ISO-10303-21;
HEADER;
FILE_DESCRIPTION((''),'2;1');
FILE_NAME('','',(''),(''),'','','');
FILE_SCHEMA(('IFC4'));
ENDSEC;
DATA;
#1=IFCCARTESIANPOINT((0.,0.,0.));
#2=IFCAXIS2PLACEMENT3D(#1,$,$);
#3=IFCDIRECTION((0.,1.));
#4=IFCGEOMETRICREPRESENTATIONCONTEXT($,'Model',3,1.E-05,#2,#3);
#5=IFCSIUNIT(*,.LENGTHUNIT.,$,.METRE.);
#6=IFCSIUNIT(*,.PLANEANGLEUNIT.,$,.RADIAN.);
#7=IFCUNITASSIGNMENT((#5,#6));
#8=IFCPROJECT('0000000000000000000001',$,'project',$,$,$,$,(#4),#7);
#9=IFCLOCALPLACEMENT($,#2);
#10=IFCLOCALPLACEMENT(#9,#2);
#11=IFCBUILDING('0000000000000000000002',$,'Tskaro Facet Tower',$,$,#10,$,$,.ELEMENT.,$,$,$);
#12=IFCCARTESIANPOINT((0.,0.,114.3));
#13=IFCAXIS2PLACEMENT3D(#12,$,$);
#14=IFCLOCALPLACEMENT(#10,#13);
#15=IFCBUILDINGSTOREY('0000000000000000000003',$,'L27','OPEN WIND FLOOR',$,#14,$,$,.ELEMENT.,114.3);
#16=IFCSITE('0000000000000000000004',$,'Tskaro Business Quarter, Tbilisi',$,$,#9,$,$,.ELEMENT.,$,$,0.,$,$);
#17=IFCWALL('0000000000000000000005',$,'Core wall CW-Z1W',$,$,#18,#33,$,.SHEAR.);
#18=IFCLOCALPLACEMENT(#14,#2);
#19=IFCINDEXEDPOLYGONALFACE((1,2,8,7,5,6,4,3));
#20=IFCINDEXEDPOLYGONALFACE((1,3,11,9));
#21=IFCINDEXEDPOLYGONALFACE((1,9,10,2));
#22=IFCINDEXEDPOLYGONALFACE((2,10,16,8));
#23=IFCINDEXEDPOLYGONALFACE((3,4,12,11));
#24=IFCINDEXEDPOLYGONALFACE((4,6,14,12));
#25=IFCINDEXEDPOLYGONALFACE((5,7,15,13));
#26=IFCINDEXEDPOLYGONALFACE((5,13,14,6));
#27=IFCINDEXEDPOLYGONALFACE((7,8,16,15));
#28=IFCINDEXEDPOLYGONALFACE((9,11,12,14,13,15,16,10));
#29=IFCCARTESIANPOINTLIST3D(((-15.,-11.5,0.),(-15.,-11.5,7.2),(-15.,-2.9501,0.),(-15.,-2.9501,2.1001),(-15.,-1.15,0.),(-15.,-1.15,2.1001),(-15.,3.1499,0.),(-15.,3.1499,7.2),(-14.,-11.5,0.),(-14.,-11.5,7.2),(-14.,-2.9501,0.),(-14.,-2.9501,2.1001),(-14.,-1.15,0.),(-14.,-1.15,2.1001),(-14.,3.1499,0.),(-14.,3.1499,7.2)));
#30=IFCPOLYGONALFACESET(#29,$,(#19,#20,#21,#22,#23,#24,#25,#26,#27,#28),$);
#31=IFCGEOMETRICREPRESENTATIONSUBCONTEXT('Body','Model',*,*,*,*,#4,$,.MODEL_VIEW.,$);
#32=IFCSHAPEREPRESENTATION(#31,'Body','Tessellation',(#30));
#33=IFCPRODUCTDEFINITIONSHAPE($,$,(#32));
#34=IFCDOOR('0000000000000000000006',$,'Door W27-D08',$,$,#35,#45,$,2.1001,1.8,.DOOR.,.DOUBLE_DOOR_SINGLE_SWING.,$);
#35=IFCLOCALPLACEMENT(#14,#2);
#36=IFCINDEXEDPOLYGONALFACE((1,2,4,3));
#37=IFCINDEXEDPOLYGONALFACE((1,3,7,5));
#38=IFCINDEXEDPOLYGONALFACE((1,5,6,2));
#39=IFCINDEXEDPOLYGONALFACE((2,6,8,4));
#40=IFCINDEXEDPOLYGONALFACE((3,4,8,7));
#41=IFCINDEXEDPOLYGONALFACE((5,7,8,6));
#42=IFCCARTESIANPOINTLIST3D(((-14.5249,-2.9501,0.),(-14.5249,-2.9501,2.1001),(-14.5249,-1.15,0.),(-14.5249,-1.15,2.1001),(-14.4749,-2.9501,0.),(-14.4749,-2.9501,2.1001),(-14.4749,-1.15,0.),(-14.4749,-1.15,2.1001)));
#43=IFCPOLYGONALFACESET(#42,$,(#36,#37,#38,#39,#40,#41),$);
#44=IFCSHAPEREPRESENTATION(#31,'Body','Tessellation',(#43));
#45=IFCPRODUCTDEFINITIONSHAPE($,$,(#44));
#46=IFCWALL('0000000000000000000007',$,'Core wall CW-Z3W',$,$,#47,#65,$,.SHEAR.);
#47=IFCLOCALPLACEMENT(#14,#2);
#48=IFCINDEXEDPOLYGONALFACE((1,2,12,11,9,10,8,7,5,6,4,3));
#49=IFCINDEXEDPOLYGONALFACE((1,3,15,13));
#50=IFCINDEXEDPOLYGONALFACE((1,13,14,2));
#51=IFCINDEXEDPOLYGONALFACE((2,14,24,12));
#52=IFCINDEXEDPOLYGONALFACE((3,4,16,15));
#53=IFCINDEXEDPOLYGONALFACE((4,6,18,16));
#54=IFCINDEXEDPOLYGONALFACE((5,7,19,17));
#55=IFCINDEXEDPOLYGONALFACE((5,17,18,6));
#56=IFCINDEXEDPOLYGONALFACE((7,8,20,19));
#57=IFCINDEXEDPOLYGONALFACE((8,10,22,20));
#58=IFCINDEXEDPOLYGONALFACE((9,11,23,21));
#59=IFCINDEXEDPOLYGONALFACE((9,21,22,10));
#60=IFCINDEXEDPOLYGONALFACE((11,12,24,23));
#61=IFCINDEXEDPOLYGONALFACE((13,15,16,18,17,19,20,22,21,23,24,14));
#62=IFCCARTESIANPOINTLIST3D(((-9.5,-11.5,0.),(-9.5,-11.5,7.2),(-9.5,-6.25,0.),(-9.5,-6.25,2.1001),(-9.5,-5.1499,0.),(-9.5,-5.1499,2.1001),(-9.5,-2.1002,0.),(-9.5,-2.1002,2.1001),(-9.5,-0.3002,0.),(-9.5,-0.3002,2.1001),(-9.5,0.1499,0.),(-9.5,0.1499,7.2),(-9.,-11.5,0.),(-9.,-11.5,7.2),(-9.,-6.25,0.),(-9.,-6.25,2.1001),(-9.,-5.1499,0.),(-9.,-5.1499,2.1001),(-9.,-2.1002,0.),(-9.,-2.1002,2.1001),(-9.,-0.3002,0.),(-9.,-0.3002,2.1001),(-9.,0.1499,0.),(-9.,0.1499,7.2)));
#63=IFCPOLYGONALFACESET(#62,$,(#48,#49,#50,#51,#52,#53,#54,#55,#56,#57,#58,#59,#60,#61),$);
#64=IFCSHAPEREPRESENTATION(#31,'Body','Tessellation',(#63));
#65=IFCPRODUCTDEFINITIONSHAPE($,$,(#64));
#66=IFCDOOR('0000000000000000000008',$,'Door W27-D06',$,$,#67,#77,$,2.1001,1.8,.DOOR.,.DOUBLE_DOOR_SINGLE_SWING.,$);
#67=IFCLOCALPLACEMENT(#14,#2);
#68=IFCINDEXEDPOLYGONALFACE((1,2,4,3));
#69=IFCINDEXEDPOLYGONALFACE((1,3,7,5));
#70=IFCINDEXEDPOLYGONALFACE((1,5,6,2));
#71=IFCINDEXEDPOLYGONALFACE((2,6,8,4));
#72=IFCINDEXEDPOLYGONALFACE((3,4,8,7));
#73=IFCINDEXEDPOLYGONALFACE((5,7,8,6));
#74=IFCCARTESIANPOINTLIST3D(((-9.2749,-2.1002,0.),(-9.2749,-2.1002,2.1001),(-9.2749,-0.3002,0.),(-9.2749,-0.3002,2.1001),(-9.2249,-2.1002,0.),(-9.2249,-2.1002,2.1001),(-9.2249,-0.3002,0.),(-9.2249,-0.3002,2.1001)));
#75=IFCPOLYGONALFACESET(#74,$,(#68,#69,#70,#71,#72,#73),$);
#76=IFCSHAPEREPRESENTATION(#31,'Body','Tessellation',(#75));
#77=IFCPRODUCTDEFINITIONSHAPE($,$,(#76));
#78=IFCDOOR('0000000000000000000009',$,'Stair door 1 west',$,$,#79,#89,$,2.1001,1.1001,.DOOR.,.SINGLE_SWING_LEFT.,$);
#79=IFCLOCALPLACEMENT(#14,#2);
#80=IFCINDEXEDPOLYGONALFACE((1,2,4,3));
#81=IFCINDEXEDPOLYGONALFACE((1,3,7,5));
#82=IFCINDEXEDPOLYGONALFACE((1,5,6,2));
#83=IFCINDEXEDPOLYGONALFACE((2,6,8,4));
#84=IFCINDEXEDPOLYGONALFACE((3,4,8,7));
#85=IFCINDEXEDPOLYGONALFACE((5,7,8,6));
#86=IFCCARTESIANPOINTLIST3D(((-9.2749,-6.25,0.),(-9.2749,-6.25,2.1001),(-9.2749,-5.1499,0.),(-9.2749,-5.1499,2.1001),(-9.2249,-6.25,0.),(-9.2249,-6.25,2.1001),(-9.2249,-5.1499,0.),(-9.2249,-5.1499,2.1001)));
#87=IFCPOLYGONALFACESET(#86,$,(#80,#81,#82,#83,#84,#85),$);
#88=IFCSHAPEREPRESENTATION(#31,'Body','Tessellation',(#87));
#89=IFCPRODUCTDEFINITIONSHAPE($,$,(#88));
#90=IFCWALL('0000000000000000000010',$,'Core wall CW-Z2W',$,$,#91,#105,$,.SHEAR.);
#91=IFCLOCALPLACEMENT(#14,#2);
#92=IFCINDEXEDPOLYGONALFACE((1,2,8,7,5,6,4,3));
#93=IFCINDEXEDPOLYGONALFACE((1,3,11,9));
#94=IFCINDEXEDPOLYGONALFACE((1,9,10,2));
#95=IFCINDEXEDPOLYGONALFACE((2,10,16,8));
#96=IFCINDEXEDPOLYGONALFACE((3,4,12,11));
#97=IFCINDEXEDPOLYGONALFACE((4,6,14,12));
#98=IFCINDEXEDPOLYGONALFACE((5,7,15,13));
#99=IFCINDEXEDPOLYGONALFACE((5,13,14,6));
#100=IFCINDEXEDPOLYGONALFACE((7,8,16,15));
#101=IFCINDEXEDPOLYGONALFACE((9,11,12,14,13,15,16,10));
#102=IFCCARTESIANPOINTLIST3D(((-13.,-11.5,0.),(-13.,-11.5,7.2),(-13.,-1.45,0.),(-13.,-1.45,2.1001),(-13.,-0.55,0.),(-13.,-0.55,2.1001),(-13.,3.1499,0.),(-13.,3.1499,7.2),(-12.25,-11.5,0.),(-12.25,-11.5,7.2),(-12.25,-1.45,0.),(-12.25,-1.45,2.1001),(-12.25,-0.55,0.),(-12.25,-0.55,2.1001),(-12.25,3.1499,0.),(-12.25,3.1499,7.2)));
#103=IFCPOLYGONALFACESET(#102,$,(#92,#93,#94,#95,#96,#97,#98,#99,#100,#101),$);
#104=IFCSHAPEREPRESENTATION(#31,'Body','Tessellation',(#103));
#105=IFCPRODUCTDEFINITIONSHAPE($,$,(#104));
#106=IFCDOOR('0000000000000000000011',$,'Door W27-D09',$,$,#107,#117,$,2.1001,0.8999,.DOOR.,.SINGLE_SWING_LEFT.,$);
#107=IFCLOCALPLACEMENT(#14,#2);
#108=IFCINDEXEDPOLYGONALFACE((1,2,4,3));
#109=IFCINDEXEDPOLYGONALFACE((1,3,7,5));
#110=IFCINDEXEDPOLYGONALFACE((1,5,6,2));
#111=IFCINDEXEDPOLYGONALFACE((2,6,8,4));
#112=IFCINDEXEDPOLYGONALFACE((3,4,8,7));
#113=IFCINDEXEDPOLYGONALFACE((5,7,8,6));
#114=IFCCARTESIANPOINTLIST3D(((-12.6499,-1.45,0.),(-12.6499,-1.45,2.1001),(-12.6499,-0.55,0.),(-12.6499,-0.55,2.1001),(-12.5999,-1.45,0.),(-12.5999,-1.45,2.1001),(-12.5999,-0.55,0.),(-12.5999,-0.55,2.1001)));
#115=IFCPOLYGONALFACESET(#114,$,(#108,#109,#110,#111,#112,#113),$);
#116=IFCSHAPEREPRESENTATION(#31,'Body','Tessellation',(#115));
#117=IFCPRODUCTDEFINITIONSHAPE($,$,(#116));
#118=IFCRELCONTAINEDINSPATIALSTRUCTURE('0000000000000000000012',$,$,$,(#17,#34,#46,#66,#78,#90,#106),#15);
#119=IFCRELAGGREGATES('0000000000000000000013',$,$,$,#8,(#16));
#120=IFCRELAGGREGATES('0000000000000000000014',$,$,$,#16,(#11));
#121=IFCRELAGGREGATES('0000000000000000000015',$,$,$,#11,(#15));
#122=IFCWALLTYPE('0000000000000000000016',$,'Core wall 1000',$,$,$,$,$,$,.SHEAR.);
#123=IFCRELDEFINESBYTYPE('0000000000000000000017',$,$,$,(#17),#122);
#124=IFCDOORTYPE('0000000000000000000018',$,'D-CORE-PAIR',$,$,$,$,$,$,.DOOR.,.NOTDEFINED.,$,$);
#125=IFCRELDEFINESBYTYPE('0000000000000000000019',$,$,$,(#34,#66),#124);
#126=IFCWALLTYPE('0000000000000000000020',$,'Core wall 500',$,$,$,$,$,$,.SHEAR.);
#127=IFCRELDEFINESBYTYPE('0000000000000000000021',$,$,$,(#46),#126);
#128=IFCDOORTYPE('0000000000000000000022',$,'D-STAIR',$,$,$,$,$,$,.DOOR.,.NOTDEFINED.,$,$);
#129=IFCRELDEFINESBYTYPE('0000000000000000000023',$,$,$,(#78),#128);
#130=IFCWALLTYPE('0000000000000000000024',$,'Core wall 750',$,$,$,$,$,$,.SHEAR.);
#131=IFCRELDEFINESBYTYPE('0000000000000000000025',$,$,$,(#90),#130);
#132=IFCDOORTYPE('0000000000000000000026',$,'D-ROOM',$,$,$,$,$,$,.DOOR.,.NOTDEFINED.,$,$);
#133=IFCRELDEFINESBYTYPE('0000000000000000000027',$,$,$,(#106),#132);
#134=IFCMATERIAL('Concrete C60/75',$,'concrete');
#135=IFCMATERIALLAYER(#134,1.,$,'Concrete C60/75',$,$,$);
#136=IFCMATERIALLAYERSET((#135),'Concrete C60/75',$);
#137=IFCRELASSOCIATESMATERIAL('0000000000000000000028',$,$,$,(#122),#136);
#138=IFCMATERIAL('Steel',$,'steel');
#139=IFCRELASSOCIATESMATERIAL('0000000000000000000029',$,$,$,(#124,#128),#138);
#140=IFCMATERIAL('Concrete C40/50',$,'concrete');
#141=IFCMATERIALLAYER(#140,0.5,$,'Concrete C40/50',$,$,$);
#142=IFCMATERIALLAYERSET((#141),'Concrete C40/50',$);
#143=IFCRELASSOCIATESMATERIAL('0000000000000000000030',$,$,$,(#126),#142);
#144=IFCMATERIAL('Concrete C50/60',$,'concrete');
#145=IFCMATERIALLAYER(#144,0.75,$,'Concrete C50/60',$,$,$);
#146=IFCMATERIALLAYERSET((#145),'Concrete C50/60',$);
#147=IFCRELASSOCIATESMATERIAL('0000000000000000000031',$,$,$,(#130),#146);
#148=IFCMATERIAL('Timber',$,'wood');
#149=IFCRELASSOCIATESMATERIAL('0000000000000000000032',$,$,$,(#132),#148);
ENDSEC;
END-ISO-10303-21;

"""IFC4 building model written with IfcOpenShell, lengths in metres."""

from ifc_helpers import new_model, si_unit, direction, frame, frame_2d, origin, place, context, subcontext, project, spatial, rectangle, extrude, material, layer, layer_set, type_object, element, fill, save


model = new_model("IFC4")

# Units and contexts
model_context = context("Model", 3, precision=1e-05, world=origin(), true_north=direction((0.0, 1.0)))
body_context = subcontext(model_context, "Body", "Model", "MODEL_VIEW")
ifc_project = project(units=[si_unit("LENGTHUNIT", "METRE"), si_unit("PLANEANGLEUNIT", "RADIAN")], contexts=[model_context])

# Site, building, storey
site_placement = place(None, origin())
site = spatial("IfcSite", under=ifc_project, at=site_placement, Name="Tskaro Business Quarter, Tbilisi", CompositionType="ELEMENT", RefElevation=0.0)
building_placement = place(site_placement, origin())
building = spatial("IfcBuilding", under=site, at=building_placement, Name="Tskaro Facet Tower", CompositionType="ELEMENT")
storey_placement = place(building_placement, frame((0.0, 0.0, 114.3)))
storey = spatial("IfcBuildingStorey", under=building, at=storey_placement, Name="L27", Description="OPEN WIND FLOOR", CompositionType="ELEMENT", Elevation=114.3)

# Shared definitions
ifc_material_1 = material(Name="Concrete C60/75", Category="concrete")
ifc_layer_1 = layer(ifc_material_1, 1.0, Name="Concrete C60/75")
ifc_layer_set_1 = layer_set([ifc_layer_1], Name="Concrete C60/75")
wall_type_1 = type_object("IfcWallType", Name="Core wall 1000", PredefinedType="SHEAR", material=ifc_layer_set_1)

# Wall, opening, door
wall_1_placement = place(storey_placement, frame((-14.5, -11.5, 0.0), z_axis=(0.0, 0.0, 1.0), x_axis=(0.0, 1.0, 0.0)))
wall_1 = element("IfcWall", 1, at=wall_1_placement, inside=storey, type_object=wall_type_1, Name="Core wall CW-Z1W", PredefinedType="SHEAR", context=body_context, shape_type="SweptSolid", body=[
    extrude(rectangle(XDim=14.6499, YDim=1.0, at=frame_2d((7.325, 0.0))), origin(), (0.0, 0.0, 1.0), 7.2),
])
opening_1_placement = place(wall_1_placement, frame((8.55, 0.0, 0.0)))
opening_1 = element("IfcOpeningElement", 2, at=opening_1_placement, cuts=wall_1, PredefinedType="OPENING", context=body_context, shape_type="SweptSolid", body=[
    extrude(rectangle(XDim=1.8, YDim=2.1001, at=frame_2d((0.8999, 1.05))), frame((0.0, 0.51, 0.0), z_axis=(0.0, -1.0, 0.0), x_axis=(1.0, 0.0, 0.0)), (0.0, 0.0, 1.0), 1.02),
])
ifc_material_2 = material(Name="Steel", Category="steel")
door_type_1 = type_object("IfcDoorType", Name="D-CORE-PAIR", OperationType="NOTDEFINED", PredefinedType="DOOR", material=ifc_material_2)
door_1_placement = place(opening_1_placement, origin())
door_1 = element("IfcDoor", 3, at=door_1_placement, inside=storey, type_object=door_type_1, Name="Door W27-D08", OperationType="DOUBLE_DOOR_SINGLE_SWING", OverallHeight=2.1001, OverallWidth=1.8, PredefinedType="DOOR", context=body_context, shape_type="SweptSolid", body=[
    extrude(rectangle(XDim=1.8, YDim=2.1001, at=frame_2d((0.8999, 1.05))), frame((0.0, 0.0249, 0.0), z_axis=(0.0, -1.0, 0.0), x_axis=(1.0, 0.0, 0.0)), (0.0, 0.0, 1.0), 0.05),
])
fill(opening_1, door_1)

# Wall, openings, doors
ifc_material_3 = material(Name="Concrete C40/50", Category="concrete")
ifc_layer_2 = layer(ifc_material_3, 0.5, Name="Concrete C40/50")
ifc_layer_set_2 = layer_set([ifc_layer_2], Name="Concrete C40/50")
wall_type_2 = type_object("IfcWallType", Name="Core wall 500", PredefinedType="SHEAR", material=ifc_layer_set_2)
wall_2_placement = place(storey_placement, frame((-9.25, -11.5, 0.0), z_axis=(0.0, 0.0, 1.0), x_axis=(0.0, 1.0, 0.0)))
wall_2 = element("IfcWall", 4, at=wall_2_placement, inside=storey, type_object=wall_type_2, Name="Core wall CW-Z3W", PredefinedType="SHEAR", context=body_context, shape_type="SweptSolid", body=[
    extrude(rectangle(XDim=11.6499, YDim=0.5, at=frame_2d((5.825, 0.0))), origin(), (0.0, 0.0, 1.0), 7.2),
])
opening_2_placement = place(wall_2_placement, frame((9.3999, 0.0, 0.0)))
opening_2 = element("IfcOpeningElement", 5, at=opening_2_placement, cuts=wall_2, PredefinedType="OPENING", context=body_context, shape_type="SweptSolid", body=[
    extrude(rectangle(XDim=1.8, YDim=2.1001, at=frame_2d((0.8999, 1.05))), frame((0.0, 0.26, 0.0), z_axis=(0.0, -1.0, 0.0), x_axis=(1.0, 0.0, 0.0)), (0.0, 0.0, 1.0), 0.52),
])
opening_3_placement = place(wall_2_placement, frame((5.25, 0.0, 0.0)))
opening_3 = element("IfcOpeningElement", 6, at=opening_3_placement, cuts=wall_2, PredefinedType="OPENING", context=body_context, shape_type="SweptSolid", body=[
    extrude(rectangle(XDim=1.1001, YDim=2.1001, at=frame_2d((0.55, 1.05))), frame((0.0, 0.26, 0.0), z_axis=(0.0, -1.0, 0.0), x_axis=(1.0, 0.0, 0.0)), (0.0, 0.0, 1.0), 0.52),
])
door_2_placement = place(opening_2_placement, origin())
door_2 = element("IfcDoor", 7, at=door_2_placement, inside=storey, type_object=door_type_1, Name="Door W27-D06", OperationType="DOUBLE_DOOR_SINGLE_SWING", OverallHeight=2.1001, OverallWidth=1.8, PredefinedType="DOOR", context=body_context, shape_type="SweptSolid", body=[
    extrude(rectangle(XDim=1.8, YDim=2.1001, at=frame_2d((0.8999, 1.05))), frame((0.0, 0.0249, 0.0), z_axis=(0.0, -1.0, 0.0), x_axis=(1.0, 0.0, 0.0)), (0.0, 0.0, 1.0), 0.05),
])
fill(opening_2, door_2)
door_type_2 = type_object("IfcDoorType", Name="D-STAIR", OperationType="NOTDEFINED", PredefinedType="DOOR", material=ifc_material_2)
door_3_placement = place(opening_3_placement, origin())
door_3 = element("IfcDoor", 8, at=door_3_placement, inside=storey, type_object=door_type_2, Name="Stair door 1 west", OperationType="SINGLE_SWING_LEFT", OverallHeight=2.1001, OverallWidth=1.1001, PredefinedType="DOOR", context=body_context, shape_type="SweptSolid", body=[
    extrude(rectangle(XDim=1.1001, YDim=2.1001, at=frame_2d((0.55, 1.05))), frame((0.0, 0.0249, 0.0), z_axis=(0.0, -1.0, 0.0), x_axis=(1.0, 0.0, 0.0)), (0.0, 0.0, 1.0), 0.05),
])
fill(opening_3, door_3)

# Wall, opening, door
ifc_material_4 = material(Name="Concrete C50/60", Category="concrete")
ifc_layer_3 = layer(ifc_material_4, 0.75, Name="Concrete C50/60")
ifc_layer_set_3 = layer_set([ifc_layer_3], Name="Concrete C50/60")
wall_type_3 = type_object("IfcWallType", Name="Core wall 750", PredefinedType="SHEAR", material=ifc_layer_set_3)
wall_3_placement = place(storey_placement, frame((-12.625, -11.5, 0.0), z_axis=(0.0, 0.0, 1.0), x_axis=(0.0, 1.0, 0.0)))
wall_3 = element("IfcWall", 9, at=wall_3_placement, inside=storey, type_object=wall_type_3, Name="Core wall CW-Z2W", PredefinedType="SHEAR", context=body_context, shape_type="SweptSolid", body=[
    extrude(rectangle(XDim=14.6499, YDim=0.75, at=frame_2d((7.325, 0.0))), origin(), (0.0, 0.0, 1.0), 7.2),
])
opening_4_placement = place(wall_3_placement, frame((10.05, 0.0, 0.0)))
opening_4 = element("IfcOpeningElement", 10, at=opening_4_placement, cuts=wall_3, PredefinedType="OPENING", context=body_context, shape_type="SweptSolid", body=[
    extrude(rectangle(XDim=0.8999, YDim=2.1001, at=frame_2d((0.45, 1.05))), frame((0.0, 0.385, 0.0), z_axis=(0.0, -1.0, 0.0), x_axis=(1.0, 0.0, 0.0)), (0.0, 0.0, 1.0), 0.77),
])
ifc_material_5 = material(Name="Timber", Category="wood")
door_type_3 = type_object("IfcDoorType", Name="D-ROOM", OperationType="NOTDEFINED", PredefinedType="DOOR", material=ifc_material_5)
door_4_placement = place(opening_4_placement, origin())
door_4 = element("IfcDoor", 11, at=door_4_placement, inside=storey, type_object=door_type_3, Name="Door W27-D09", OperationType="SINGLE_SWING_LEFT", OverallHeight=2.1001, OverallWidth=0.8999, PredefinedType="DOOR", context=body_context, shape_type="SweptSolid", body=[
    extrude(rectangle(XDim=0.8999, YDim=2.1001, at=frame_2d((0.45, 1.05))), frame((0.0, 0.0249, 0.0), z_axis=(0.0, -1.0, 0.0), x_axis=(1.0, 0.0, 0.0)), (0.0, 0.0, 1.0), 0.05),
])
fill(opening_4, door_4)

save(model, "model.ifc")
